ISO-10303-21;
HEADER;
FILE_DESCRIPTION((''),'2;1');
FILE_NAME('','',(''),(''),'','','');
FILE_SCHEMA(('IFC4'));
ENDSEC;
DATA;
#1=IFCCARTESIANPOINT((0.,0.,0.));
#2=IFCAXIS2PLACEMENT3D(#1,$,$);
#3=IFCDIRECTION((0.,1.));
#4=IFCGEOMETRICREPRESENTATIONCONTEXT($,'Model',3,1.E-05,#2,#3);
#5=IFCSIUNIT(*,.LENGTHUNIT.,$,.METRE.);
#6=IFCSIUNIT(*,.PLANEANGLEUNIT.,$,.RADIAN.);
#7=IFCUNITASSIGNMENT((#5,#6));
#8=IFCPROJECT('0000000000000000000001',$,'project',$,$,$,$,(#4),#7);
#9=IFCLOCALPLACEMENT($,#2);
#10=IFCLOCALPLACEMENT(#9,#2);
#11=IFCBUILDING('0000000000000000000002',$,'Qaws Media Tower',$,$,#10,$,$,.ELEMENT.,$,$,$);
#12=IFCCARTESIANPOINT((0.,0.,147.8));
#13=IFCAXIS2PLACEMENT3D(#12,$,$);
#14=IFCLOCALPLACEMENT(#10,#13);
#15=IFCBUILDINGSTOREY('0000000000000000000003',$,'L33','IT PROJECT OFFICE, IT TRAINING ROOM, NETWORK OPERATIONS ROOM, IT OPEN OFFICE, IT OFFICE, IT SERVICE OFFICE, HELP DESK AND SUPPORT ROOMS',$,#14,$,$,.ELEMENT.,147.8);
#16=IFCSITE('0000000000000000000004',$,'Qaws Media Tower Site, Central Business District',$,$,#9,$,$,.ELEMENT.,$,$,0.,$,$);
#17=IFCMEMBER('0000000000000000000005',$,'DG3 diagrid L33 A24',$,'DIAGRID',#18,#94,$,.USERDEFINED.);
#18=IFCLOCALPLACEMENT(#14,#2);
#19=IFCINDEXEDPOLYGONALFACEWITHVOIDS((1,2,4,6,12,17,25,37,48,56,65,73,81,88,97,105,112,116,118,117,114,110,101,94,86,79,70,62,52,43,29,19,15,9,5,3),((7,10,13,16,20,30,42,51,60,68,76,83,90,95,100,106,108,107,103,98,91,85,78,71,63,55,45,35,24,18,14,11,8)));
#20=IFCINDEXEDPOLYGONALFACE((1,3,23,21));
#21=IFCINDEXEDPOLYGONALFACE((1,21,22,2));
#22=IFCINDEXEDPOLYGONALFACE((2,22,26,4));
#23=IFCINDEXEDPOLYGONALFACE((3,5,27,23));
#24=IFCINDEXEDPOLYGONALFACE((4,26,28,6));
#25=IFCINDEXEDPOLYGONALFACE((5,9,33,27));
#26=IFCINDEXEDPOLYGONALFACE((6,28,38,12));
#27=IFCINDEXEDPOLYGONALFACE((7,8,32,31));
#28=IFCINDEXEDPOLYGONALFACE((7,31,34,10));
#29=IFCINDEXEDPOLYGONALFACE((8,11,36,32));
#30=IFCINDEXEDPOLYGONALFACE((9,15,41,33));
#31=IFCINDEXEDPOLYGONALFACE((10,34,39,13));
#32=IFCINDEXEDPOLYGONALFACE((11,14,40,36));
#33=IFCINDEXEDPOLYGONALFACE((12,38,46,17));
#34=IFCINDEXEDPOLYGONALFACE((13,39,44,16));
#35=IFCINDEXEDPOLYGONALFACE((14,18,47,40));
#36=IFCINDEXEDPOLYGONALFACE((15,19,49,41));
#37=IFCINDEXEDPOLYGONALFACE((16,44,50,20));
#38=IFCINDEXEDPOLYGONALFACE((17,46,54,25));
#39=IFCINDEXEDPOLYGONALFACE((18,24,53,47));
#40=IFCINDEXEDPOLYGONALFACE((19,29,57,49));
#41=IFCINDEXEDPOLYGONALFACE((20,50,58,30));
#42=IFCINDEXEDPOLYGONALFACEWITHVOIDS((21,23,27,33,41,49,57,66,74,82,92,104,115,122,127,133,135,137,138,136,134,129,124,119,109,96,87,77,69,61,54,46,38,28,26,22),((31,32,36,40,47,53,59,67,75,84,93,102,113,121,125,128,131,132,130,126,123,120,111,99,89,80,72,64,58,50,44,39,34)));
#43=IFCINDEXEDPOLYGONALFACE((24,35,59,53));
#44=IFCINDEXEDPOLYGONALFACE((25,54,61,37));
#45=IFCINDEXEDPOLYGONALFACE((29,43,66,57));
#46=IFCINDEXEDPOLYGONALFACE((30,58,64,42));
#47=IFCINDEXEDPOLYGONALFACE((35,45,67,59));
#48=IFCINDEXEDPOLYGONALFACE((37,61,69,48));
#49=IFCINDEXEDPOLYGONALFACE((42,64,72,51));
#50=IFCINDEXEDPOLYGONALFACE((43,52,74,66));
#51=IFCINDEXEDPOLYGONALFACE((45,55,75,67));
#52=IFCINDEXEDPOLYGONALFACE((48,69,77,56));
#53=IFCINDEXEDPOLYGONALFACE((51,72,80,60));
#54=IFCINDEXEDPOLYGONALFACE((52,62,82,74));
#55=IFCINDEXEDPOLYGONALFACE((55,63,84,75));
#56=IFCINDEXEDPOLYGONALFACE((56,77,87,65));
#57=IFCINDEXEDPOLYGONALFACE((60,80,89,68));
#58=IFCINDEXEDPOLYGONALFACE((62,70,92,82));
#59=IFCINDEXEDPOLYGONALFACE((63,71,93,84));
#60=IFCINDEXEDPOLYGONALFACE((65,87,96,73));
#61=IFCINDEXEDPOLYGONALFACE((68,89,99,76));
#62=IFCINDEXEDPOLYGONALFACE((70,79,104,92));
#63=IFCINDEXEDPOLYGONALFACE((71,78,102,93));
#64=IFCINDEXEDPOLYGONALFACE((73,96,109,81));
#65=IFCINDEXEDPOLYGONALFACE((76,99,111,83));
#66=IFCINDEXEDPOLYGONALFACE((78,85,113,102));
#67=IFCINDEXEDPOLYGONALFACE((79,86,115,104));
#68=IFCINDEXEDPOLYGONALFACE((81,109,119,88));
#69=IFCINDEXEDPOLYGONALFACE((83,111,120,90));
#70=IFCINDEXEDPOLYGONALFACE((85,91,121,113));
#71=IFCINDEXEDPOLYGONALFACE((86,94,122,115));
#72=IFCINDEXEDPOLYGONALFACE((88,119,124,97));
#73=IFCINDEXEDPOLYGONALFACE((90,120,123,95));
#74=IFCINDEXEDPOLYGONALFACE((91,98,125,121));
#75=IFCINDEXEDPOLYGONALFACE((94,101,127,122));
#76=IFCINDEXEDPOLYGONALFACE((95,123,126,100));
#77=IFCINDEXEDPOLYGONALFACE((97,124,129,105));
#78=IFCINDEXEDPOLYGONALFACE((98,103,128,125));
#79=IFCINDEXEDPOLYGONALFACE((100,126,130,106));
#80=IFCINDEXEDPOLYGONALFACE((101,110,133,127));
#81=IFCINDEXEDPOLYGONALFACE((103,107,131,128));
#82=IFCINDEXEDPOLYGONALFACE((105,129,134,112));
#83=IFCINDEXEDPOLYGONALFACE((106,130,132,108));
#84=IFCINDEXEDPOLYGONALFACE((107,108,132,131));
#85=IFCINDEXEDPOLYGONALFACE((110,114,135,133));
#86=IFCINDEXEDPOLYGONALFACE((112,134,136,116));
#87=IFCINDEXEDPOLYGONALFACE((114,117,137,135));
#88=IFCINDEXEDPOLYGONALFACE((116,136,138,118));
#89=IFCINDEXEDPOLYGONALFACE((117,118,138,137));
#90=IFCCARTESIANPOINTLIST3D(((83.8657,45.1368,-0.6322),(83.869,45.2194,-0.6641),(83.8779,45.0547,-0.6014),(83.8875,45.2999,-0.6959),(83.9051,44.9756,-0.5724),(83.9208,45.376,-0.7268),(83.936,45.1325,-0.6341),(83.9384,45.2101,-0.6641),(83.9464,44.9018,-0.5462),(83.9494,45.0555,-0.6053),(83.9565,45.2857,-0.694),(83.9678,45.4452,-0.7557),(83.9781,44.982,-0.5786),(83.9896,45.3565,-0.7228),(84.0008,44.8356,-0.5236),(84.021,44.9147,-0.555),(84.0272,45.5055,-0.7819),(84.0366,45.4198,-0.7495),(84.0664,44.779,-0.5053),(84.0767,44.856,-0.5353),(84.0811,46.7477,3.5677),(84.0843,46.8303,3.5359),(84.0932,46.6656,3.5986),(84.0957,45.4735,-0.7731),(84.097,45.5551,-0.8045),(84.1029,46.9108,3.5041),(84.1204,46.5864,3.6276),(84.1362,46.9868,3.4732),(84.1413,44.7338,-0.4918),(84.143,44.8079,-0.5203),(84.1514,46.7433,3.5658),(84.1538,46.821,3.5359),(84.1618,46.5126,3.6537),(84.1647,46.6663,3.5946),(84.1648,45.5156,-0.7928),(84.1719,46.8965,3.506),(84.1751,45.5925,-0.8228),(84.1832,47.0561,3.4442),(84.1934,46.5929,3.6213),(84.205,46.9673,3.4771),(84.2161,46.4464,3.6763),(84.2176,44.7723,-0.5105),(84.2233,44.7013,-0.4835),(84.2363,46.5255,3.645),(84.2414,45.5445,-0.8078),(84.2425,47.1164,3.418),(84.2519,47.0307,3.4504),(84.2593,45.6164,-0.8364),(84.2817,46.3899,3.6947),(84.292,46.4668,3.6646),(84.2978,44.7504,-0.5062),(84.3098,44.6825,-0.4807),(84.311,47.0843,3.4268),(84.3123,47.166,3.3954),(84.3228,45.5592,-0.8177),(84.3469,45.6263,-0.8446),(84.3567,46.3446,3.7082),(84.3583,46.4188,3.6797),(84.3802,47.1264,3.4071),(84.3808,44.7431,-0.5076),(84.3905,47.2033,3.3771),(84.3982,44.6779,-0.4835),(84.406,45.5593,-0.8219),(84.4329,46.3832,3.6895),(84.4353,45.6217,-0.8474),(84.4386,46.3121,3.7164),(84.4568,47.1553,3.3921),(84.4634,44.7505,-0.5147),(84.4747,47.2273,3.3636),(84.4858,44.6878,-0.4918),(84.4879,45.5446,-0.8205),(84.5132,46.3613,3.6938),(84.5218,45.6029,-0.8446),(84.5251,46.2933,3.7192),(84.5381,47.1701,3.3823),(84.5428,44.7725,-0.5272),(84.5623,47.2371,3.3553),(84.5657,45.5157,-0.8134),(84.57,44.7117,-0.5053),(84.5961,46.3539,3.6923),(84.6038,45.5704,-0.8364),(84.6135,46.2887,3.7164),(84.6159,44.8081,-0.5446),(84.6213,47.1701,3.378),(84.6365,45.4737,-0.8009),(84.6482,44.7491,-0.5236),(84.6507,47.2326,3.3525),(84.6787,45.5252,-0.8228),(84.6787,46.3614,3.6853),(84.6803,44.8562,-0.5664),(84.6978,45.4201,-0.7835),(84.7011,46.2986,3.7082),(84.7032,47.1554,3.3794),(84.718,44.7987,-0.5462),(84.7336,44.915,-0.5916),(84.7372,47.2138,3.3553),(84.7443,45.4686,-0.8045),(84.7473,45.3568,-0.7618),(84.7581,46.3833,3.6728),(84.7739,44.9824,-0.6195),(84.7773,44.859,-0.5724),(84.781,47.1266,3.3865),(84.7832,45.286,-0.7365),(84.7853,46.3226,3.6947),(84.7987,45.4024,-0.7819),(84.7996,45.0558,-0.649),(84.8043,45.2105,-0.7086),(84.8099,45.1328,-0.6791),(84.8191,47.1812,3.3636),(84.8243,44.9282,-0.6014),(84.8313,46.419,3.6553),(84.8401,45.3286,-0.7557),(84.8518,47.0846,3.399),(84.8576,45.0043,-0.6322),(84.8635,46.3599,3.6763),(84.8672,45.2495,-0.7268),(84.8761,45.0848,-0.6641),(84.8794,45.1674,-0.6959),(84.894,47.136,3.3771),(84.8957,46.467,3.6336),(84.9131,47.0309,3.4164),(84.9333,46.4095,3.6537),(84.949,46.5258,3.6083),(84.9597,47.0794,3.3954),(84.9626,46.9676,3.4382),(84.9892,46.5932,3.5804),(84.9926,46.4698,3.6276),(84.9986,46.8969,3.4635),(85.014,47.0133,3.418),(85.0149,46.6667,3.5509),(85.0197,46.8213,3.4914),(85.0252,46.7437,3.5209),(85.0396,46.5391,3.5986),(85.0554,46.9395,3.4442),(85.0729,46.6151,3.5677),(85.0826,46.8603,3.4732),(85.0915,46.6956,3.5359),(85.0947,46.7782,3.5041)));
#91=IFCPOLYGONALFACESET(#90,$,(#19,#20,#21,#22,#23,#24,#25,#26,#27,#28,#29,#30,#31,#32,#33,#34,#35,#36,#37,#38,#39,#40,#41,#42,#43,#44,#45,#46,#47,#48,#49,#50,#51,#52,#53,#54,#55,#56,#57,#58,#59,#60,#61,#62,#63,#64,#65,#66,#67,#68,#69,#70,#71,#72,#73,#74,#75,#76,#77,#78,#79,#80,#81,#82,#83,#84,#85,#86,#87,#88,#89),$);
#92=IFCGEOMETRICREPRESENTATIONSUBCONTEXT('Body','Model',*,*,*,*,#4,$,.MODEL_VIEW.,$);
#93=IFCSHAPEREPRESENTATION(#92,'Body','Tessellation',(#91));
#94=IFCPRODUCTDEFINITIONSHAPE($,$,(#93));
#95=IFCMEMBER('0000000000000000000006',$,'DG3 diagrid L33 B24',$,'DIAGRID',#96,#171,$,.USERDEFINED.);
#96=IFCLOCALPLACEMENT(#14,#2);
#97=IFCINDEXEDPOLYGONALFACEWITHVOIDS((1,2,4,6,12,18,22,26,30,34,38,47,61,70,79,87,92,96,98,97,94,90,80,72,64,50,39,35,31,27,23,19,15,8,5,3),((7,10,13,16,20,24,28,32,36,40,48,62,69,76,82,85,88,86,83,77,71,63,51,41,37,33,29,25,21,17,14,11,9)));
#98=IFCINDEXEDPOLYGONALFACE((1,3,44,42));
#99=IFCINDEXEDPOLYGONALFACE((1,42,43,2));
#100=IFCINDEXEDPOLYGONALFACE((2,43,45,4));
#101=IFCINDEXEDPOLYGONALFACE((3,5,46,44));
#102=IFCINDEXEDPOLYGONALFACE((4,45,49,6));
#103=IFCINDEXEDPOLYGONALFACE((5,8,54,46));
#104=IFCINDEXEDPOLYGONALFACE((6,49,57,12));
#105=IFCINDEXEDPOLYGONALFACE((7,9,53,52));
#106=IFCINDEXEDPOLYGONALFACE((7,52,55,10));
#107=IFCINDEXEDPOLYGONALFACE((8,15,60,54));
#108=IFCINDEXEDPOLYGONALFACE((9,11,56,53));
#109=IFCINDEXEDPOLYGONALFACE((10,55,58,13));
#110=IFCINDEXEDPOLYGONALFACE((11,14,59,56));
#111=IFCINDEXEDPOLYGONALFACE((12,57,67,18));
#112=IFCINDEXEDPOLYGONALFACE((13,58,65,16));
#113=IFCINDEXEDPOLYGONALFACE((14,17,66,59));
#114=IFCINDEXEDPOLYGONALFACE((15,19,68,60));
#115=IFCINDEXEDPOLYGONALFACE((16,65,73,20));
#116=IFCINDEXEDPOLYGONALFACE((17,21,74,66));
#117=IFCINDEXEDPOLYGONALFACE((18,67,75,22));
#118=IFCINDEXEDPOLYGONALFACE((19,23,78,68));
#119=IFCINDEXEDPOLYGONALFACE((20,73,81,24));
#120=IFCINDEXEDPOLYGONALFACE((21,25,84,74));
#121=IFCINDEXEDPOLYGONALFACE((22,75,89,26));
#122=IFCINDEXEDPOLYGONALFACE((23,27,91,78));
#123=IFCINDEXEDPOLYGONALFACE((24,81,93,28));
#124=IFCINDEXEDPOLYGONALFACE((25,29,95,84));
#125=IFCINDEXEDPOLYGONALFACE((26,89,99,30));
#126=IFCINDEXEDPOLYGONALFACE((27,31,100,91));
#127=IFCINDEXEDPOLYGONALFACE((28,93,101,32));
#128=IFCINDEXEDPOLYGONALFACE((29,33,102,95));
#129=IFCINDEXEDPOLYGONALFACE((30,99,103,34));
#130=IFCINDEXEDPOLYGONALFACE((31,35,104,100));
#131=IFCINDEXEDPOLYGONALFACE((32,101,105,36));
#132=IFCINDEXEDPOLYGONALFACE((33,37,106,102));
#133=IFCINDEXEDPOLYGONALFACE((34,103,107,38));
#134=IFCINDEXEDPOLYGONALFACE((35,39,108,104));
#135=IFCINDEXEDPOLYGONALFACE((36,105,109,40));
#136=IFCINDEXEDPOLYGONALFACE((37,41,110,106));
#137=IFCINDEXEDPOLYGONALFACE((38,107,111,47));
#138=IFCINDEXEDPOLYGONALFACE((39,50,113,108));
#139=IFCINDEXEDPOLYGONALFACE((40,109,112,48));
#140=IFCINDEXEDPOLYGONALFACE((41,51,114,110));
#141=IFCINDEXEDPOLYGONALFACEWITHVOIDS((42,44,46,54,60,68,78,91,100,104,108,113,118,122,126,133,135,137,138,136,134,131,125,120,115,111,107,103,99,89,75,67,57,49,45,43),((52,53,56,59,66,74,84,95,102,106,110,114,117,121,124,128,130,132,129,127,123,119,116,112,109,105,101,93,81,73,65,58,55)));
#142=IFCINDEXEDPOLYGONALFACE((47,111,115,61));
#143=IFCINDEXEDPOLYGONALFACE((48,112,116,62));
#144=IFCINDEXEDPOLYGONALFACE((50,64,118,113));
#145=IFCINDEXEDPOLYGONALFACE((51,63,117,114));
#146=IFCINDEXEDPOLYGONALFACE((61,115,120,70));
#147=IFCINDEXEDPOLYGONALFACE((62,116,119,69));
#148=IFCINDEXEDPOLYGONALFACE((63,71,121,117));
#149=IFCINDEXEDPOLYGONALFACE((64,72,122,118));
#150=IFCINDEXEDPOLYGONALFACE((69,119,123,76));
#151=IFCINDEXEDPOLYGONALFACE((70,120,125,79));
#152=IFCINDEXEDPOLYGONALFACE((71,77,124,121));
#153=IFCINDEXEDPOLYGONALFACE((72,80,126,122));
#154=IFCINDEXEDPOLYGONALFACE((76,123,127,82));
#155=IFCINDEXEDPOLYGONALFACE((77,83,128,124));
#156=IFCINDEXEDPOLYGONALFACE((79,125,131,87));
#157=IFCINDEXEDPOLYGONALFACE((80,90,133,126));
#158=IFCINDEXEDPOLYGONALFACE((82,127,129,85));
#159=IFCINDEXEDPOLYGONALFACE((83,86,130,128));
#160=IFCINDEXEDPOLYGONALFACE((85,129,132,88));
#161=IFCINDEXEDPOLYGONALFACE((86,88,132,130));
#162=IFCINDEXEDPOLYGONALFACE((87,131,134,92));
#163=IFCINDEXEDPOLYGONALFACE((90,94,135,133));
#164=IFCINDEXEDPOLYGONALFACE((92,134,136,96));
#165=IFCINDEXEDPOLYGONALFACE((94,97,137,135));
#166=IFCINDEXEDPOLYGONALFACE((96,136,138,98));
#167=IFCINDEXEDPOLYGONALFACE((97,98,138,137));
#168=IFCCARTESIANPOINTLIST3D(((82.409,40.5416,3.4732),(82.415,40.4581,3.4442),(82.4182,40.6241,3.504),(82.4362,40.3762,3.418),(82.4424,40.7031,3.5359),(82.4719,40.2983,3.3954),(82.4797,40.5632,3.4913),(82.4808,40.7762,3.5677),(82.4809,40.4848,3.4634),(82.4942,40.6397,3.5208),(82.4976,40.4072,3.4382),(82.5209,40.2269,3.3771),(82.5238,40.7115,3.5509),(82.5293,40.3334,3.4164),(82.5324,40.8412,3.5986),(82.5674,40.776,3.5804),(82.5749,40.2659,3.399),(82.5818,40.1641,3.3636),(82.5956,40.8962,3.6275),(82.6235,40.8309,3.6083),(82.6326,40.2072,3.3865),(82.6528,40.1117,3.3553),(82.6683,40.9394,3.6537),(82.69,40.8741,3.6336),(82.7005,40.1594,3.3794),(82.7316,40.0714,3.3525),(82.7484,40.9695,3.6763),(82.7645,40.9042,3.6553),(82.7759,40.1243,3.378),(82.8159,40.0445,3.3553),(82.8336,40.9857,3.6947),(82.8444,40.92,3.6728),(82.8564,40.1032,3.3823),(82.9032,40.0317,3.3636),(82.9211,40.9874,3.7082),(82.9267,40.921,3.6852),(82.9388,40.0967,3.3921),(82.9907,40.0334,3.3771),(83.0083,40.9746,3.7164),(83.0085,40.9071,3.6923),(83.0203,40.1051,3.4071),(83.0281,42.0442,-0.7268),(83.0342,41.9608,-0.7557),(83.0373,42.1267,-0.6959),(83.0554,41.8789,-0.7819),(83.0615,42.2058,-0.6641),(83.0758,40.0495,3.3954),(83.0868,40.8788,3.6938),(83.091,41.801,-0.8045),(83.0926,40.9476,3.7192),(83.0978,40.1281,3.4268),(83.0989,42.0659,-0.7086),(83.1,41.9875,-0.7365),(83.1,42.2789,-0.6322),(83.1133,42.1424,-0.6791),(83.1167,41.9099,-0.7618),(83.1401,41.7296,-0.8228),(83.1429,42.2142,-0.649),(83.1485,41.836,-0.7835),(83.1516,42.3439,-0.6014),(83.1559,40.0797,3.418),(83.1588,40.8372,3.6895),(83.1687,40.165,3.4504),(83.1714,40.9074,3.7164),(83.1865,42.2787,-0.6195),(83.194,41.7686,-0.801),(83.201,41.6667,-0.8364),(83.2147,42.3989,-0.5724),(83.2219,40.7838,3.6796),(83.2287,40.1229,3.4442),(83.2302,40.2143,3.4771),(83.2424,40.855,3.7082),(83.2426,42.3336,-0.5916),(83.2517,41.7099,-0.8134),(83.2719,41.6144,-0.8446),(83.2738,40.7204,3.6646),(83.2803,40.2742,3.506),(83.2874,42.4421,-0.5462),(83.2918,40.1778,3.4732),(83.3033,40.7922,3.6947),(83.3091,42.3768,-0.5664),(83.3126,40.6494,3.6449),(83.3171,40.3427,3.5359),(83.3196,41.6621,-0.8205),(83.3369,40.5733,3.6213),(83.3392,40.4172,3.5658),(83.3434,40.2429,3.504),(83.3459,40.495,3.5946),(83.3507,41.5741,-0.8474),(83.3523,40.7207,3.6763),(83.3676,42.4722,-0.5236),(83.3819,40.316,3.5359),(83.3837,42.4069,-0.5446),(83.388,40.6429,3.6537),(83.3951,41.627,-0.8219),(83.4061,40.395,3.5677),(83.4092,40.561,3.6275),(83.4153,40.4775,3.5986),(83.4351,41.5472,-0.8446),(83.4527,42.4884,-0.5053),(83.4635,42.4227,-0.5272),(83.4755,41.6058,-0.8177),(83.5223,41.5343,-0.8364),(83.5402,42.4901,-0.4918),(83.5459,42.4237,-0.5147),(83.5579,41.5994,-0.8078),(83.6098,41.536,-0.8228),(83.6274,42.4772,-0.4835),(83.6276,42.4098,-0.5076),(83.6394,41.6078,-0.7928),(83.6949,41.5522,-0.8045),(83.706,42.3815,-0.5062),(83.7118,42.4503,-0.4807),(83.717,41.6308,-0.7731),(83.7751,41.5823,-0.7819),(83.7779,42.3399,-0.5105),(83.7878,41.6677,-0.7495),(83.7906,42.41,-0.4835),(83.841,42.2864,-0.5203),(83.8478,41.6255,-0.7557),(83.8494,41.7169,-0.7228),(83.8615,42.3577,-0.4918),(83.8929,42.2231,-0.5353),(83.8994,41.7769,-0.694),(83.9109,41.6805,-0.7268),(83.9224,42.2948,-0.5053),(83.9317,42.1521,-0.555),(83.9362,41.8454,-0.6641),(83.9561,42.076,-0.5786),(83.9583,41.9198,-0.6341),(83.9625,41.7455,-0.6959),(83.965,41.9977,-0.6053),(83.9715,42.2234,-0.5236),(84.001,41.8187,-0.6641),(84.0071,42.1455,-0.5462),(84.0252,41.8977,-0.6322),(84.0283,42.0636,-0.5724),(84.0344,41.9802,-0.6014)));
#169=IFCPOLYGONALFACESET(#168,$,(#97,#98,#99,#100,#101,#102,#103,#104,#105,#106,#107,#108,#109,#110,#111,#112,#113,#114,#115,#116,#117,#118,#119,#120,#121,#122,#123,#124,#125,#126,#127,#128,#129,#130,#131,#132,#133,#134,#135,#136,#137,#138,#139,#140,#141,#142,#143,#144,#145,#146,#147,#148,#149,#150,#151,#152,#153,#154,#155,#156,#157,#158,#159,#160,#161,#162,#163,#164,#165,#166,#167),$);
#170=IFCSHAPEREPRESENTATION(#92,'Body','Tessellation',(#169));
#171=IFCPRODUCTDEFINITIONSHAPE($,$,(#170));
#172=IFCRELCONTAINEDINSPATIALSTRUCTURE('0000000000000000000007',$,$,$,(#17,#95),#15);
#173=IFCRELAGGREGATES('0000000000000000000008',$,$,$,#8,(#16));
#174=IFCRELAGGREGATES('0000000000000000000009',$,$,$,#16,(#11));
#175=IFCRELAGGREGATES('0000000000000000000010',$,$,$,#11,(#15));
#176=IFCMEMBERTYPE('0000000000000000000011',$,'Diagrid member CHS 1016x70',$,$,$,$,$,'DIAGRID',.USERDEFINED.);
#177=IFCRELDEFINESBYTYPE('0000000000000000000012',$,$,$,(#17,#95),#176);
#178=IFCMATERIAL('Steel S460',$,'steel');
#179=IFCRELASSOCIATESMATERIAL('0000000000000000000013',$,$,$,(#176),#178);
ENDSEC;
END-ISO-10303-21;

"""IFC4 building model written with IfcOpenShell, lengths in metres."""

from ifc_helpers import new_model, si_unit, direction, frame, origin, origin_2d, place, context, subcontext, project, spatial, hollow_circle, extrude, material, material_profile, profile_set, type_object, element, save


model = new_model("IFC4")

# Units and contexts
model_context = context("Model", 3, precision=1e-05, world=origin(), true_north=direction((0.0, 1.0)))
body_context = subcontext(model_context, "Body", "Model", "MODEL_VIEW")
ifc_project = project(units=[si_unit("LENGTHUNIT", "METRE"), si_unit("PLANEANGLEUNIT", "RADIAN")], contexts=[model_context])

# Site, building, storey
site_placement = place(None, origin())
site = spatial("IfcSite", under=ifc_project, at=site_placement, Name="Qaws Media Tower Site, Central Business District", CompositionType="ELEMENT", RefElevation=0.0)
building_placement = place(site_placement, origin())
building = spatial("IfcBuilding", under=site, at=building_placement, Name="Qaws Media Tower", CompositionType="ELEMENT")
storey_placement = place(building_placement, frame((0.0, 0.0, 147.8)))
storey = spatial("IfcBuildingStorey", under=building, at=storey_placement, Name="L33", Description="IT PROJECT OFFICE, IT TRAINING ROOM, NETWORK OPERATIONS ROOM, IT OPEN OFFICE, IT OFFICE, IT SERVICE OFFICE, HELP DESK AND SUPPORT ROOMS", CompositionType="ELEMENT", Elevation=147.8)

# Members
ifc_material_1 = material(Name="Steel S460", Category="steel")
ifc_material_profile_1 = material_profile(ifc_material_1, hollow_circle(Radius=0.5081, WallThickness=0.0701, at=origin_2d()), Name="CHS 1016x70")
ifc_profile_set_1 = profile_set([ifc_material_profile_1], Name="Steel S460")
member_type_1 = type_object("IfcMemberType", Name="Diagrid member CHS 1016x70", ElementType="DIAGRID", PredefinedType="USERDEFINED", material=ifc_profile_set_1)
for number, where, z_axis, x_axis, name in (
    (1, (84.3726, 45.1521, -0.6641), (0.047815, 0.357693, 0.932614), (-0.991183, 0.132498, 0.0), "DG3 diagrid L33 A24"),
    (2, (83.5312, 42.0122, -0.6641), (-0.137482, -0.333675, 0.932609), (0.924594, -0.380954, 0.0), "DG3 diagrid L33 B24"),
):
    element("IfcMember", number, at=place(storey_placement, frame(where, z_axis=z_axis, x_axis=x_axis)), inside=storey, type_object=member_type_1, Name=name, ObjectType="DIAGRID", PredefinedType="USERDEFINED", context=body_context, shape_type="SweptSolid", body=[
        extrude(hollow_circle(Radius=0.5081, WallThickness=0.0701, at=origin_2d()), origin(), (0.0, 0.0, 1.0), 4.5034),
    ])

save(model, "model.ifc")
